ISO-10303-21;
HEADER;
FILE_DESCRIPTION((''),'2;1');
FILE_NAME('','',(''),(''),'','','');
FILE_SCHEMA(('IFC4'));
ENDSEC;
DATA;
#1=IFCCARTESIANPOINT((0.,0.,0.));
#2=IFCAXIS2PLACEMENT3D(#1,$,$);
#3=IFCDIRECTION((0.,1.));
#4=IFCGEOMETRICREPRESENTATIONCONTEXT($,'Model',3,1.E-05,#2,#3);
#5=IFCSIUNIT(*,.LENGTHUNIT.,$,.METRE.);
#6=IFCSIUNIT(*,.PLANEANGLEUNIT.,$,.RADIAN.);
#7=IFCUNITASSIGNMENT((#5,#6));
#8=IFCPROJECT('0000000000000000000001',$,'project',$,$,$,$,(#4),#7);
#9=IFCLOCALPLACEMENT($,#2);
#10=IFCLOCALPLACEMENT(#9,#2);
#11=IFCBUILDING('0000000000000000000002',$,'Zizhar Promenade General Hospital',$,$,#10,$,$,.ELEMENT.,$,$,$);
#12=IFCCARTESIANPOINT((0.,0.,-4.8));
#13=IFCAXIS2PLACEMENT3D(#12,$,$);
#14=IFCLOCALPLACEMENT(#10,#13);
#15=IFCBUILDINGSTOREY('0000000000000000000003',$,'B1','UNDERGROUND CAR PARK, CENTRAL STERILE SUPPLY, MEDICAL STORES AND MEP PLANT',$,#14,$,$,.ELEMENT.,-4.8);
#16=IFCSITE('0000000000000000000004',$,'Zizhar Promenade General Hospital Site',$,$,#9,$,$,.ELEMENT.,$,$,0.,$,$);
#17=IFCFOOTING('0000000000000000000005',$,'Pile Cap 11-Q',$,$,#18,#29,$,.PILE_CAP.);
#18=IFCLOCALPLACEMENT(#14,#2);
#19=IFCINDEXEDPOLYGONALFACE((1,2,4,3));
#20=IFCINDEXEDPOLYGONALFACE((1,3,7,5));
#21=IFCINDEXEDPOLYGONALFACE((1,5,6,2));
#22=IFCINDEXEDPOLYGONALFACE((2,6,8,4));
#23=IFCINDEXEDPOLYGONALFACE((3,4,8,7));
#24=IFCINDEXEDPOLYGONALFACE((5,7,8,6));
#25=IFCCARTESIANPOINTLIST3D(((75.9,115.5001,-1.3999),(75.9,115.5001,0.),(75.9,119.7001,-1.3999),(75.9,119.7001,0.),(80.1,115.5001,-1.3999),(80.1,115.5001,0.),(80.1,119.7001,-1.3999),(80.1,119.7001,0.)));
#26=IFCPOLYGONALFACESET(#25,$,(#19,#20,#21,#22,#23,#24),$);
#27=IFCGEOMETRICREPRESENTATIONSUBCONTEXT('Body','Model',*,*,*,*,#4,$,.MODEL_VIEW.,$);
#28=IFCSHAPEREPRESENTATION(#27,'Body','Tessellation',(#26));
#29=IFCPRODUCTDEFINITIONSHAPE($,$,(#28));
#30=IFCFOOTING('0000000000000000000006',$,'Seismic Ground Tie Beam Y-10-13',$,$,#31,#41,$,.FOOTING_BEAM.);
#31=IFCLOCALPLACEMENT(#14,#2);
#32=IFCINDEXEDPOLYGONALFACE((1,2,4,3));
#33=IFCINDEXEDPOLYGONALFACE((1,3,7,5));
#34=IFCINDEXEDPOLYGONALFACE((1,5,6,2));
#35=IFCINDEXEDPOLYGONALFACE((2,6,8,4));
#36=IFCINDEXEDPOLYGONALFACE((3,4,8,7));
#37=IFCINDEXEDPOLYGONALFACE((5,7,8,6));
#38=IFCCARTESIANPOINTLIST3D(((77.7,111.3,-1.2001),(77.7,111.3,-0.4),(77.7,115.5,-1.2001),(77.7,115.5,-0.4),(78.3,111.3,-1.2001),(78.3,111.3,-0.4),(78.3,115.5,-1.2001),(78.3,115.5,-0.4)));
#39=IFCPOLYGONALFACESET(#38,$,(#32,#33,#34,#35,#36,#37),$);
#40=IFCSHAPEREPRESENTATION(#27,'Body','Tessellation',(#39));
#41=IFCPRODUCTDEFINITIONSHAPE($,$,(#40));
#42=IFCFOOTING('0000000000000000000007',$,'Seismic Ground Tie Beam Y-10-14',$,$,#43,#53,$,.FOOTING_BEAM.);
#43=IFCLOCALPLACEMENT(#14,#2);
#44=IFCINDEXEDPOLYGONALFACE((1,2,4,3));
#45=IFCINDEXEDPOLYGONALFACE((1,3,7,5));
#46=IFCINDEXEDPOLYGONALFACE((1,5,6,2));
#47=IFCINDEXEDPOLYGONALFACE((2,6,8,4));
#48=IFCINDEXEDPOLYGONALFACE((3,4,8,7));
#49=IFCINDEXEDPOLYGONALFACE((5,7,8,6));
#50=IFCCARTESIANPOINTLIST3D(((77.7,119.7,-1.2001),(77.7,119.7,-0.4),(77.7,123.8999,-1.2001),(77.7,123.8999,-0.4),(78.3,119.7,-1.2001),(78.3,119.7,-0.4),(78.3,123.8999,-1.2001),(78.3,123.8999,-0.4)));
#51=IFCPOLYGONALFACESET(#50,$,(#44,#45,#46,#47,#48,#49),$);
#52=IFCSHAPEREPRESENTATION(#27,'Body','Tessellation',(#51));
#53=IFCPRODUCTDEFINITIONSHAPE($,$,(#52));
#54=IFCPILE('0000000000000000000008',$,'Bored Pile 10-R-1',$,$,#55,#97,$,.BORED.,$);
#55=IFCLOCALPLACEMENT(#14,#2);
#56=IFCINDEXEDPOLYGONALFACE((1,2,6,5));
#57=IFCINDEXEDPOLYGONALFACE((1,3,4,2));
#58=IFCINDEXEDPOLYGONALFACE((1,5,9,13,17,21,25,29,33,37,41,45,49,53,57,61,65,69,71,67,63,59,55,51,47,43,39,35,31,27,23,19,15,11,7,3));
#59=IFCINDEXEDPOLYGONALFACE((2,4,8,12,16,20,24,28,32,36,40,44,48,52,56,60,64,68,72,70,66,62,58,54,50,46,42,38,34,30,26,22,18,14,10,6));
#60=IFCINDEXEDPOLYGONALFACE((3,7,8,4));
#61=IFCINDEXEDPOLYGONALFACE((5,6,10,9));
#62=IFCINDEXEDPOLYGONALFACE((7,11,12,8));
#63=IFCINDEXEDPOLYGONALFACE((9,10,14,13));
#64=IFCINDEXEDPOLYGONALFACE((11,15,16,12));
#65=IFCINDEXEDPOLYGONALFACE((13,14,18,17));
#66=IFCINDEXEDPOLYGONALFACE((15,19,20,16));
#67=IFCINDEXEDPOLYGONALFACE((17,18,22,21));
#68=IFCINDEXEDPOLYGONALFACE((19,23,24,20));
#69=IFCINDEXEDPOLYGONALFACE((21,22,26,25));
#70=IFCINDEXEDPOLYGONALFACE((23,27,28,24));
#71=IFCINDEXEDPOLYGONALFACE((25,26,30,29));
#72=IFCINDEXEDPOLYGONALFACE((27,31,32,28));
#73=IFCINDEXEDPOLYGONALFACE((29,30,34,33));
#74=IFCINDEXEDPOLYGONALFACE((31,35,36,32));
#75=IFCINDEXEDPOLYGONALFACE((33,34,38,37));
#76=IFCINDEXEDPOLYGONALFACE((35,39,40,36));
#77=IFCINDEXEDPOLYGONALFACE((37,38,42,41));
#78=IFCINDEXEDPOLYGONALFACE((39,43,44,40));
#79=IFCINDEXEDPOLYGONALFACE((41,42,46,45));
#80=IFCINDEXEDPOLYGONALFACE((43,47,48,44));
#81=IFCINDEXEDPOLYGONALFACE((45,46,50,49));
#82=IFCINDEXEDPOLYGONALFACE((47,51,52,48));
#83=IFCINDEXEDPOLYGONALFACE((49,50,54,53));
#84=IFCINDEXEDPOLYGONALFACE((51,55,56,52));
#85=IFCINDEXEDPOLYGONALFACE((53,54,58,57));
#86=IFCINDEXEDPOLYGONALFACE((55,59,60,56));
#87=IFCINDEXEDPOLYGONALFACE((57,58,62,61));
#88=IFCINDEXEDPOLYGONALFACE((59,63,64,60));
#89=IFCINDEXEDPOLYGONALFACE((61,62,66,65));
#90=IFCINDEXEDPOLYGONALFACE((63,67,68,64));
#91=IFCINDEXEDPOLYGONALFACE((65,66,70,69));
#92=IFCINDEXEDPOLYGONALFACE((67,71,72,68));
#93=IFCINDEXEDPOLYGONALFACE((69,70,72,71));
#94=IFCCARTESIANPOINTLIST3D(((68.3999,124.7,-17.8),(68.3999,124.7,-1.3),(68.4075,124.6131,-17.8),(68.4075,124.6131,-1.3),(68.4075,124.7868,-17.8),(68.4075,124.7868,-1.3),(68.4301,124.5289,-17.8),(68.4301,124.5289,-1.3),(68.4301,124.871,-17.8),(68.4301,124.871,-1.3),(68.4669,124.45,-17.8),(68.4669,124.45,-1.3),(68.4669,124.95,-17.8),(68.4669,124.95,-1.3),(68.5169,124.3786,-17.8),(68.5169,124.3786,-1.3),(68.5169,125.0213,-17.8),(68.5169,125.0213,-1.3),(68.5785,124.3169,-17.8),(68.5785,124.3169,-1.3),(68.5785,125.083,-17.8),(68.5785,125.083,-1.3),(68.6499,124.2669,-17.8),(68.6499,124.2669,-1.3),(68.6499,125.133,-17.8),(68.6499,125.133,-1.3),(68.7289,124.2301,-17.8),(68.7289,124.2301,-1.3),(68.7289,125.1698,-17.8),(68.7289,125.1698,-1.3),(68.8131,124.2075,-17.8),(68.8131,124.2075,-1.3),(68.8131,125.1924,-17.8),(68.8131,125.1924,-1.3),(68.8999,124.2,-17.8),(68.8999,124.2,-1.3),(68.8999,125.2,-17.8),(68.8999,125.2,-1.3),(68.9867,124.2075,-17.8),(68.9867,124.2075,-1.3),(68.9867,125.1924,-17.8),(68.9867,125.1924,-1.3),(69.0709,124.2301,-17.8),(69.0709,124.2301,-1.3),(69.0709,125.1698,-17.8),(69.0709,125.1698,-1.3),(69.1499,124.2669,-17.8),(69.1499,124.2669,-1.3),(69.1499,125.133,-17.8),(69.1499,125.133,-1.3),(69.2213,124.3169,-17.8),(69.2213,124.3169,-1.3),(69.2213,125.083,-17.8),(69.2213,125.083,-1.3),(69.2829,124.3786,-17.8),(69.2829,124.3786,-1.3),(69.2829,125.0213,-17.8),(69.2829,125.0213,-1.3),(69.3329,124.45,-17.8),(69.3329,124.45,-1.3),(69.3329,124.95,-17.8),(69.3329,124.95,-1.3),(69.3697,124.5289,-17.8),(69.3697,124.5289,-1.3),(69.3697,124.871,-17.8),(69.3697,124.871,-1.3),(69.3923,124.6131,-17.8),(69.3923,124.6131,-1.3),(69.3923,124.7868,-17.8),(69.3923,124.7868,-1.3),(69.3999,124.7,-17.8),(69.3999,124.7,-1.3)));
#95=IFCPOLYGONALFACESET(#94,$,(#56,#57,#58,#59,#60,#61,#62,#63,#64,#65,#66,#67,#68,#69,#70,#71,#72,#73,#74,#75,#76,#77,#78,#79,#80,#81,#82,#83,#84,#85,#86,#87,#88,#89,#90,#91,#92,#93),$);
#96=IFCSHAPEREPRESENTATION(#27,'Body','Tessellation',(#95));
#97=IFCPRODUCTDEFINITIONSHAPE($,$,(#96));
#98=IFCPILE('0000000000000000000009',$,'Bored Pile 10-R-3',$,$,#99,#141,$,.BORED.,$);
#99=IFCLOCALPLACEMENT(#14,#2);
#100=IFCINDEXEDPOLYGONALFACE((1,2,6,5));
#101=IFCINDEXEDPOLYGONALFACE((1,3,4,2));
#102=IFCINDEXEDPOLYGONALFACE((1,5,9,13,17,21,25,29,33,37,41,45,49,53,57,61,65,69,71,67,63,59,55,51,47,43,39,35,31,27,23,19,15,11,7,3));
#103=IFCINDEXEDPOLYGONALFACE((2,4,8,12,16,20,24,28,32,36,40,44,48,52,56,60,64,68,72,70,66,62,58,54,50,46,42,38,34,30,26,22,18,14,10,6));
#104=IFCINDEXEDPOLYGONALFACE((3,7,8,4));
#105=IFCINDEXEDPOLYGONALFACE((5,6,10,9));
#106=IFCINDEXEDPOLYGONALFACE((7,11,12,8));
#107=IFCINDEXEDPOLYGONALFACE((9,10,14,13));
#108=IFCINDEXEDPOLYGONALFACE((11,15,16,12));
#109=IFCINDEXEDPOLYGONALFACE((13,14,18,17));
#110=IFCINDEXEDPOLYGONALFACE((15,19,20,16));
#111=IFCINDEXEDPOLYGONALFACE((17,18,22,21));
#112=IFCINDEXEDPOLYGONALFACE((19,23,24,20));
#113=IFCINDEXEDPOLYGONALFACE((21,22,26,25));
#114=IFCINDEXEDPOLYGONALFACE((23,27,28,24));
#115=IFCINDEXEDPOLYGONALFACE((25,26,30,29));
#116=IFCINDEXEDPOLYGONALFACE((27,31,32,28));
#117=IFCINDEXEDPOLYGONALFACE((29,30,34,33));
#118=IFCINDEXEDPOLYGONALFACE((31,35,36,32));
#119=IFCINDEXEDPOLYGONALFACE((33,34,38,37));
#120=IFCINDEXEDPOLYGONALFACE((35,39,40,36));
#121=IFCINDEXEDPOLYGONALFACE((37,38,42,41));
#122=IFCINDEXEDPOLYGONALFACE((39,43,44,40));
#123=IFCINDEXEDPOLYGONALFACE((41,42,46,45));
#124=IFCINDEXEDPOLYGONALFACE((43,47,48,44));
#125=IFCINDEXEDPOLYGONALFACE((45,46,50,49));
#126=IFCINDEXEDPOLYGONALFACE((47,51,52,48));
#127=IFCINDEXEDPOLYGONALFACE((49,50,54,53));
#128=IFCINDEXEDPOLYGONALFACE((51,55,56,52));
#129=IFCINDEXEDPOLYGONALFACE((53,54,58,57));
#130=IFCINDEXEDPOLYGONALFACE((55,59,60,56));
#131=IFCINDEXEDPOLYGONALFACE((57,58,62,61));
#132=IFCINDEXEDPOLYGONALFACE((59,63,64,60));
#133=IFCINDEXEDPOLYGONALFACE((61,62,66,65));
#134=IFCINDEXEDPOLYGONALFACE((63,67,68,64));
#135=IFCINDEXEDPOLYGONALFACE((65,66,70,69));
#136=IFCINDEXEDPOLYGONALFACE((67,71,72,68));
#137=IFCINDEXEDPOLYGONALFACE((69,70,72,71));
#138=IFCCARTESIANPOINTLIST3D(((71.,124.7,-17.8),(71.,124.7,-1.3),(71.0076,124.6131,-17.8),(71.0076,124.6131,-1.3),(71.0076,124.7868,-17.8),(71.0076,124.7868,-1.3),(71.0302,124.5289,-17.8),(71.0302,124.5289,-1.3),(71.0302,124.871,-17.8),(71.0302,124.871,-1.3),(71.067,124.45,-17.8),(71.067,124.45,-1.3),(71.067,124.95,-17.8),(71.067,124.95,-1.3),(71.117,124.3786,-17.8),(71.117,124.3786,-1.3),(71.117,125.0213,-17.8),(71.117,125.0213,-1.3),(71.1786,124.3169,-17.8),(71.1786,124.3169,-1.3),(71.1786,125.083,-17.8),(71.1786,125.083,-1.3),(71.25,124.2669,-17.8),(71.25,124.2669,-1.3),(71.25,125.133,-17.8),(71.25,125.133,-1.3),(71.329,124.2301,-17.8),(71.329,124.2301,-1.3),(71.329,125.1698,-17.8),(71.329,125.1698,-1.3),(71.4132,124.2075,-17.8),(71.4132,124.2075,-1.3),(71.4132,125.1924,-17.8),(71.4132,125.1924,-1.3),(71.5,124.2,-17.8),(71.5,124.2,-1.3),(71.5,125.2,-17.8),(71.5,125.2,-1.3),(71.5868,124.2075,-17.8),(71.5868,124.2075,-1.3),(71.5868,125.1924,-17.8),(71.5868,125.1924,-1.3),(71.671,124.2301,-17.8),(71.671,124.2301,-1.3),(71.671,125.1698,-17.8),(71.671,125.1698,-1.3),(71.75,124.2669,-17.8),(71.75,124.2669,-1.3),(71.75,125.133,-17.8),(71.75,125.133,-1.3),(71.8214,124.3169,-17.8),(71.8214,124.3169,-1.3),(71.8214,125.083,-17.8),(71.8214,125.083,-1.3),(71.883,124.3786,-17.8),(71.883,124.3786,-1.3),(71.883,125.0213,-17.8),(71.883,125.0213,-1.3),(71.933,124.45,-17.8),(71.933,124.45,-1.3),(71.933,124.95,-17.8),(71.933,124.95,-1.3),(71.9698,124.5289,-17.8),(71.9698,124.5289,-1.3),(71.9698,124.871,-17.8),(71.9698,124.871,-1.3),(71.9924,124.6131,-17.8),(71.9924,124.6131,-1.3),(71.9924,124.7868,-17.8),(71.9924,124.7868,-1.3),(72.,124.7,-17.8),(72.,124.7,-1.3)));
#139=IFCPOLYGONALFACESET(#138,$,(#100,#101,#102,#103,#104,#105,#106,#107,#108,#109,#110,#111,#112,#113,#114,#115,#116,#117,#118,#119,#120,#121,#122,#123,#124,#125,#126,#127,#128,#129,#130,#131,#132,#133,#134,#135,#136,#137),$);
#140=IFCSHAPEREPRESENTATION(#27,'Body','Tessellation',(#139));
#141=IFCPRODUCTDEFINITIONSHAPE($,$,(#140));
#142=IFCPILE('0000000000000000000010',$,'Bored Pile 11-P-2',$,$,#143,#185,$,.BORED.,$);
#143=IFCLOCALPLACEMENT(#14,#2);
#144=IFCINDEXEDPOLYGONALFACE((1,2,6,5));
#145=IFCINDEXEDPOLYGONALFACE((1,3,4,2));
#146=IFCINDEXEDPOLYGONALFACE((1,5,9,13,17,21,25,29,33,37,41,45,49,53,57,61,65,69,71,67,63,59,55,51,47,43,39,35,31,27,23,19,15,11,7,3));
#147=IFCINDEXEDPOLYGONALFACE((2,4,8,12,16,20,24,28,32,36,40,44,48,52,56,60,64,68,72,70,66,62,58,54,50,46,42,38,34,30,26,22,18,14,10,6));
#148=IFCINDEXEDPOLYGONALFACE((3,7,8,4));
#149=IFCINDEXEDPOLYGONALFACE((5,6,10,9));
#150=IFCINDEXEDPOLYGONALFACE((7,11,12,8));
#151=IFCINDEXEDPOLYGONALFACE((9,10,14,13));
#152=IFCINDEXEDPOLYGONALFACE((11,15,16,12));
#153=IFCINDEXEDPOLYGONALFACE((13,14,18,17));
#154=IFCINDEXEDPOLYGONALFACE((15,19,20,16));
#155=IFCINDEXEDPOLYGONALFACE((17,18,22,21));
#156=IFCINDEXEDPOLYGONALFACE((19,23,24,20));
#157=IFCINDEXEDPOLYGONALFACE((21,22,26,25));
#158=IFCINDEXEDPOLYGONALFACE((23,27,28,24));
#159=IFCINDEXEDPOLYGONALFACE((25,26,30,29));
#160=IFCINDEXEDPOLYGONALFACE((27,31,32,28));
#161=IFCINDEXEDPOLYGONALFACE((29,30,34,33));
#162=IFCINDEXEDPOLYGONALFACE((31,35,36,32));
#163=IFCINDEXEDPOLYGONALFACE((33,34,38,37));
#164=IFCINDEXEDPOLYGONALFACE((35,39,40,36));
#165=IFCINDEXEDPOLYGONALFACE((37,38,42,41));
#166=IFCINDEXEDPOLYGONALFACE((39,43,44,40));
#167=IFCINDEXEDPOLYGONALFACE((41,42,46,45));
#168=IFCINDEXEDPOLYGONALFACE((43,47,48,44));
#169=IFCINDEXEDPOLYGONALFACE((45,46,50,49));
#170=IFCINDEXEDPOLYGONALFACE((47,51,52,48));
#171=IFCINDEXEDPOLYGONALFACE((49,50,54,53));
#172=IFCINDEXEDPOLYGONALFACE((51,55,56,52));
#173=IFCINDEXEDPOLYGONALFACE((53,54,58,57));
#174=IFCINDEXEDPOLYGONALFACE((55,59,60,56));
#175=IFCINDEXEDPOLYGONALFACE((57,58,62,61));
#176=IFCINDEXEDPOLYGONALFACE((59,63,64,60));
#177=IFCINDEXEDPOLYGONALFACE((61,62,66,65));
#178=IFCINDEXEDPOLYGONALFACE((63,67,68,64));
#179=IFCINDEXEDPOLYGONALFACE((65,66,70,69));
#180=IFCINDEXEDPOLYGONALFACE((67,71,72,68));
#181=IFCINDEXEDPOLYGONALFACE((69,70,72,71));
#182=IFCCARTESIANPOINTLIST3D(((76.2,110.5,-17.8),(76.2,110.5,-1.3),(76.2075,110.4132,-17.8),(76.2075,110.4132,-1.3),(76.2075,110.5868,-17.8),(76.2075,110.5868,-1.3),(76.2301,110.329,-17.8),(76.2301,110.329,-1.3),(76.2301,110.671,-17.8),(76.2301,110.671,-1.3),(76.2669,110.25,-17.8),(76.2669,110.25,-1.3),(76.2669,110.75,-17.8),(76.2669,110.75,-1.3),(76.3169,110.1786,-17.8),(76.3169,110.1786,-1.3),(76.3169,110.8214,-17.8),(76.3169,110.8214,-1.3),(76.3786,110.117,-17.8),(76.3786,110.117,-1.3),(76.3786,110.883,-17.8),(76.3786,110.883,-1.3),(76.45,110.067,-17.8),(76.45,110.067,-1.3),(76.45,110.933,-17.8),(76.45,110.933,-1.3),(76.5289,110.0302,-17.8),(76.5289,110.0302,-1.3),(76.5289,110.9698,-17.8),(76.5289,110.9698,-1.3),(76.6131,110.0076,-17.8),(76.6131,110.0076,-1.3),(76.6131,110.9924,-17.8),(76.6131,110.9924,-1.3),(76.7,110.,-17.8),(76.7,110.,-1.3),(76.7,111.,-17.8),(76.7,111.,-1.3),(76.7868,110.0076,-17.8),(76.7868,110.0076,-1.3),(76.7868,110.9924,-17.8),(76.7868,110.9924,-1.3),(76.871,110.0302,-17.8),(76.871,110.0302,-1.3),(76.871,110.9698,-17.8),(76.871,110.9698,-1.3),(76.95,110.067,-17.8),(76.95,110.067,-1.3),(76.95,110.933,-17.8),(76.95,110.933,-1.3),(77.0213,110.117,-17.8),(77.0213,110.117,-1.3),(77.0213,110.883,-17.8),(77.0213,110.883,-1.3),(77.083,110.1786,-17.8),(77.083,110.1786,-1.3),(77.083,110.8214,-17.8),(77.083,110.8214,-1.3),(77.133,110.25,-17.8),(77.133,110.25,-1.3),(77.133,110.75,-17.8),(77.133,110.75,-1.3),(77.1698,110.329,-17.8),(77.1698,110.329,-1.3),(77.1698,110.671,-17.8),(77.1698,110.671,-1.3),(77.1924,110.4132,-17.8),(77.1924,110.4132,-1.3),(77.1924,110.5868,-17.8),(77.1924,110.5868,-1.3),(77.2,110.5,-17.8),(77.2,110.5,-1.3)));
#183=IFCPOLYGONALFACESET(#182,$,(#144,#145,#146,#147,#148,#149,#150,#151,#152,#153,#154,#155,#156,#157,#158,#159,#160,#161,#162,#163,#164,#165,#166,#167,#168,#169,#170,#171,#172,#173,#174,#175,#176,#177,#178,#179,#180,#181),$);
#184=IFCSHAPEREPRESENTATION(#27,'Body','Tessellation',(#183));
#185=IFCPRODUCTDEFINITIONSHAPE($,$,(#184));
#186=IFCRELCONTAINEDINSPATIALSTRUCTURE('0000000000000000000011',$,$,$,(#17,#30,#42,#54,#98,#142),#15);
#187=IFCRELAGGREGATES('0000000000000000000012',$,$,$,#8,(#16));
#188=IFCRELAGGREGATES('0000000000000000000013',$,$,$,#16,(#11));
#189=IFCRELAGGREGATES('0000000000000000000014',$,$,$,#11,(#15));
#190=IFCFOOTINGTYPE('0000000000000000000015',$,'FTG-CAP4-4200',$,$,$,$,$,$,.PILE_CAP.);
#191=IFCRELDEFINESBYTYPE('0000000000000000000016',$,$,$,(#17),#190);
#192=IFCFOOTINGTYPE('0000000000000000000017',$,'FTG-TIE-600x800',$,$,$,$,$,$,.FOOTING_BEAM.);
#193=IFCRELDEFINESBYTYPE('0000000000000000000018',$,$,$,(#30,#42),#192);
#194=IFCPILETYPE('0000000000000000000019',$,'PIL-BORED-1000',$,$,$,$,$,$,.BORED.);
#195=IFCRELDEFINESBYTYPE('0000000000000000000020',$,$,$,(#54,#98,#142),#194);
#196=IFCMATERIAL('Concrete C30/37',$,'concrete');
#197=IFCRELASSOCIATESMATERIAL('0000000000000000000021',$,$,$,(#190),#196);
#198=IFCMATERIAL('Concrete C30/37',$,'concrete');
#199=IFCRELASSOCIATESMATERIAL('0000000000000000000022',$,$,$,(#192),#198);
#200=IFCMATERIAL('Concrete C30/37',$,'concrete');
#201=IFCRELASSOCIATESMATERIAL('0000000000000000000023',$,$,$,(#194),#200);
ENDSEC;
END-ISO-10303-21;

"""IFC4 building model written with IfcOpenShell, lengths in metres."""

from ifc_helpers import new_model, si_unit, direction, frame, origin, origin_2d, place, context, subcontext, project, spatial, rectangle, circle, extrude, material, material_profile, profile_set, type_object, element, save


model = new_model("IFC4")

# Units and contexts
model_context = context("Model", 3, precision=1e-05, world=origin(), true_north=direction((0.0, 1.0)))
body_context = subcontext(model_context, "Body", "Model", "MODEL_VIEW")
ifc_project = project(units=[si_unit("LENGTHUNIT", "METRE"), si_unit("PLANEANGLEUNIT", "RADIAN")], contexts=[model_context])

# Site, building, storey
site_placement = place(None, origin())
site = spatial("IfcSite", under=ifc_project, at=site_placement, Name="Zizhar Promenade General Hospital Site", CompositionType="ELEMENT", RefElevation=0.0)
building_placement = place(site_placement, origin())
building = spatial("IfcBuilding", under=site, at=building_placement, Name="Zizhar Promenade General Hospital", CompositionType="ELEMENT")
storey_placement = place(building_placement, frame((0.0, 0.0, -4.8)))
storey = spatial("IfcBuildingStorey", under=building, at=storey_placement, Name="B1", Description="UNDERGROUND CAR PARK, CENTRAL STERILE SUPPLY, MEDICAL STORES AND MEP PLANT", CompositionType="ELEMENT", Elevation=-4.8)

# Footings
ifc_material_1 = material(Name="Concrete C30/37", Category="concrete")
footing_type_1 = type_object("IfcFootingType", Name="FTG-CAP4-4200", PredefinedType="PILE_CAP", material=ifc_material_1)
footing_placement = place(storey_placement, frame((78.0, 117.6001, -1.3999), z_axis=(0.0, 0.0, 1.0), x_axis=(1.0, 0.0, 0.0)))
element("IfcFooting", 1, at=footing_placement, inside=storey, type_object=footing_type_1, Name="Pile Cap 11-Q", PredefinedType="PILE_CAP", context=body_context, shape_type="SweptSolid", body=[
    extrude(rectangle(XDim=4.2, YDim=4.2, at=origin_2d()), origin(), (0.0, 0.0, 1.0), 1.3999),
])
ifc_material_2 = material(Name="Concrete C30/37", Category="concrete")
ifc_material_profile_1 = material_profile(ifc_material_2, rectangle(XDim=0.6001, YDim=0.8, at=origin_2d()))
ifc_profile_set_1 = profile_set([ifc_material_profile_1], Name="Concrete C30/37")
footing_type_2 = type_object("IfcFootingType", Name="FTG-TIE-600x800", PredefinedType="FOOTING_BEAM", material=ifc_profile_set_1)
for number, where, z_axis, x_axis, name in (
    (2, (78.0, 111.3, -0.8), (0.0, 1.0, 0.0), (-1.0, 0.0, 0.0), "Seismic Ground Tie Beam Y-10-13"),
    (3, (78.0, 119.7, -0.8), (0.0, 1.0, 0.0), (-1.0, 0.0, 0.0), "Seismic Ground Tie Beam Y-10-14"),
):
    element("IfcFooting", number, at=place(storey_placement, frame(where, z_axis=z_axis, x_axis=x_axis)), inside=storey, type_object=footing_type_2, Name=name, PredefinedType="FOOTING_BEAM", context=body_context, shape_type="SweptSolid", body=[
        extrude(rectangle(XDim=0.6001, YDim=0.8, at=origin_2d()), origin(), (0.0, 0.0, 1.0), 4.2),
    ])

# Piles
ifc_material_3 = material(Name="Concrete C30/37", Category="concrete")
ifc_material_profile_2 = material_profile(ifc_material_3, circle(Radius=0.5, at=origin_2d()))
ifc_profile_set_2 = profile_set([ifc_material_profile_2], Name="Concrete C30/37")
pile_type_1 = type_object("IfcPileType", Name="PIL-BORED-1000", PredefinedType="BORED", material=ifc_profile_set_2)
for number, where, z_axis, x_axis, name in (
    (4, (68.8999, 124.7, -1.3), (0.0, 0.0, -1.0), (1.0, 0.0, 0.0), "Bored Pile 10-R-1"),
    (5, (71.5, 124.7, -1.3), (0.0, 0.0, -1.0), (1.0, 0.0, 0.0), "Bored Pile 10-R-3"),
    (6, (76.7, 110.5, -1.3), (0.0, 0.0, -1.0), (1.0, 0.0, 0.0), "Bored Pile 11-P-2"),
):
    element("IfcPile", number, at=place(storey_placement, frame(where, z_axis=z_axis, x_axis=x_axis)), inside=storey, type_object=pile_type_1, Name=name, PredefinedType="BORED", context=body_context, shape_type="SweptSolid", body=[
        extrude(circle(Radius=0.5, at=origin_2d()), origin(), (0.0, 0.0, 1.0), 16.5),
    ])

save(model, "model.ifc")
